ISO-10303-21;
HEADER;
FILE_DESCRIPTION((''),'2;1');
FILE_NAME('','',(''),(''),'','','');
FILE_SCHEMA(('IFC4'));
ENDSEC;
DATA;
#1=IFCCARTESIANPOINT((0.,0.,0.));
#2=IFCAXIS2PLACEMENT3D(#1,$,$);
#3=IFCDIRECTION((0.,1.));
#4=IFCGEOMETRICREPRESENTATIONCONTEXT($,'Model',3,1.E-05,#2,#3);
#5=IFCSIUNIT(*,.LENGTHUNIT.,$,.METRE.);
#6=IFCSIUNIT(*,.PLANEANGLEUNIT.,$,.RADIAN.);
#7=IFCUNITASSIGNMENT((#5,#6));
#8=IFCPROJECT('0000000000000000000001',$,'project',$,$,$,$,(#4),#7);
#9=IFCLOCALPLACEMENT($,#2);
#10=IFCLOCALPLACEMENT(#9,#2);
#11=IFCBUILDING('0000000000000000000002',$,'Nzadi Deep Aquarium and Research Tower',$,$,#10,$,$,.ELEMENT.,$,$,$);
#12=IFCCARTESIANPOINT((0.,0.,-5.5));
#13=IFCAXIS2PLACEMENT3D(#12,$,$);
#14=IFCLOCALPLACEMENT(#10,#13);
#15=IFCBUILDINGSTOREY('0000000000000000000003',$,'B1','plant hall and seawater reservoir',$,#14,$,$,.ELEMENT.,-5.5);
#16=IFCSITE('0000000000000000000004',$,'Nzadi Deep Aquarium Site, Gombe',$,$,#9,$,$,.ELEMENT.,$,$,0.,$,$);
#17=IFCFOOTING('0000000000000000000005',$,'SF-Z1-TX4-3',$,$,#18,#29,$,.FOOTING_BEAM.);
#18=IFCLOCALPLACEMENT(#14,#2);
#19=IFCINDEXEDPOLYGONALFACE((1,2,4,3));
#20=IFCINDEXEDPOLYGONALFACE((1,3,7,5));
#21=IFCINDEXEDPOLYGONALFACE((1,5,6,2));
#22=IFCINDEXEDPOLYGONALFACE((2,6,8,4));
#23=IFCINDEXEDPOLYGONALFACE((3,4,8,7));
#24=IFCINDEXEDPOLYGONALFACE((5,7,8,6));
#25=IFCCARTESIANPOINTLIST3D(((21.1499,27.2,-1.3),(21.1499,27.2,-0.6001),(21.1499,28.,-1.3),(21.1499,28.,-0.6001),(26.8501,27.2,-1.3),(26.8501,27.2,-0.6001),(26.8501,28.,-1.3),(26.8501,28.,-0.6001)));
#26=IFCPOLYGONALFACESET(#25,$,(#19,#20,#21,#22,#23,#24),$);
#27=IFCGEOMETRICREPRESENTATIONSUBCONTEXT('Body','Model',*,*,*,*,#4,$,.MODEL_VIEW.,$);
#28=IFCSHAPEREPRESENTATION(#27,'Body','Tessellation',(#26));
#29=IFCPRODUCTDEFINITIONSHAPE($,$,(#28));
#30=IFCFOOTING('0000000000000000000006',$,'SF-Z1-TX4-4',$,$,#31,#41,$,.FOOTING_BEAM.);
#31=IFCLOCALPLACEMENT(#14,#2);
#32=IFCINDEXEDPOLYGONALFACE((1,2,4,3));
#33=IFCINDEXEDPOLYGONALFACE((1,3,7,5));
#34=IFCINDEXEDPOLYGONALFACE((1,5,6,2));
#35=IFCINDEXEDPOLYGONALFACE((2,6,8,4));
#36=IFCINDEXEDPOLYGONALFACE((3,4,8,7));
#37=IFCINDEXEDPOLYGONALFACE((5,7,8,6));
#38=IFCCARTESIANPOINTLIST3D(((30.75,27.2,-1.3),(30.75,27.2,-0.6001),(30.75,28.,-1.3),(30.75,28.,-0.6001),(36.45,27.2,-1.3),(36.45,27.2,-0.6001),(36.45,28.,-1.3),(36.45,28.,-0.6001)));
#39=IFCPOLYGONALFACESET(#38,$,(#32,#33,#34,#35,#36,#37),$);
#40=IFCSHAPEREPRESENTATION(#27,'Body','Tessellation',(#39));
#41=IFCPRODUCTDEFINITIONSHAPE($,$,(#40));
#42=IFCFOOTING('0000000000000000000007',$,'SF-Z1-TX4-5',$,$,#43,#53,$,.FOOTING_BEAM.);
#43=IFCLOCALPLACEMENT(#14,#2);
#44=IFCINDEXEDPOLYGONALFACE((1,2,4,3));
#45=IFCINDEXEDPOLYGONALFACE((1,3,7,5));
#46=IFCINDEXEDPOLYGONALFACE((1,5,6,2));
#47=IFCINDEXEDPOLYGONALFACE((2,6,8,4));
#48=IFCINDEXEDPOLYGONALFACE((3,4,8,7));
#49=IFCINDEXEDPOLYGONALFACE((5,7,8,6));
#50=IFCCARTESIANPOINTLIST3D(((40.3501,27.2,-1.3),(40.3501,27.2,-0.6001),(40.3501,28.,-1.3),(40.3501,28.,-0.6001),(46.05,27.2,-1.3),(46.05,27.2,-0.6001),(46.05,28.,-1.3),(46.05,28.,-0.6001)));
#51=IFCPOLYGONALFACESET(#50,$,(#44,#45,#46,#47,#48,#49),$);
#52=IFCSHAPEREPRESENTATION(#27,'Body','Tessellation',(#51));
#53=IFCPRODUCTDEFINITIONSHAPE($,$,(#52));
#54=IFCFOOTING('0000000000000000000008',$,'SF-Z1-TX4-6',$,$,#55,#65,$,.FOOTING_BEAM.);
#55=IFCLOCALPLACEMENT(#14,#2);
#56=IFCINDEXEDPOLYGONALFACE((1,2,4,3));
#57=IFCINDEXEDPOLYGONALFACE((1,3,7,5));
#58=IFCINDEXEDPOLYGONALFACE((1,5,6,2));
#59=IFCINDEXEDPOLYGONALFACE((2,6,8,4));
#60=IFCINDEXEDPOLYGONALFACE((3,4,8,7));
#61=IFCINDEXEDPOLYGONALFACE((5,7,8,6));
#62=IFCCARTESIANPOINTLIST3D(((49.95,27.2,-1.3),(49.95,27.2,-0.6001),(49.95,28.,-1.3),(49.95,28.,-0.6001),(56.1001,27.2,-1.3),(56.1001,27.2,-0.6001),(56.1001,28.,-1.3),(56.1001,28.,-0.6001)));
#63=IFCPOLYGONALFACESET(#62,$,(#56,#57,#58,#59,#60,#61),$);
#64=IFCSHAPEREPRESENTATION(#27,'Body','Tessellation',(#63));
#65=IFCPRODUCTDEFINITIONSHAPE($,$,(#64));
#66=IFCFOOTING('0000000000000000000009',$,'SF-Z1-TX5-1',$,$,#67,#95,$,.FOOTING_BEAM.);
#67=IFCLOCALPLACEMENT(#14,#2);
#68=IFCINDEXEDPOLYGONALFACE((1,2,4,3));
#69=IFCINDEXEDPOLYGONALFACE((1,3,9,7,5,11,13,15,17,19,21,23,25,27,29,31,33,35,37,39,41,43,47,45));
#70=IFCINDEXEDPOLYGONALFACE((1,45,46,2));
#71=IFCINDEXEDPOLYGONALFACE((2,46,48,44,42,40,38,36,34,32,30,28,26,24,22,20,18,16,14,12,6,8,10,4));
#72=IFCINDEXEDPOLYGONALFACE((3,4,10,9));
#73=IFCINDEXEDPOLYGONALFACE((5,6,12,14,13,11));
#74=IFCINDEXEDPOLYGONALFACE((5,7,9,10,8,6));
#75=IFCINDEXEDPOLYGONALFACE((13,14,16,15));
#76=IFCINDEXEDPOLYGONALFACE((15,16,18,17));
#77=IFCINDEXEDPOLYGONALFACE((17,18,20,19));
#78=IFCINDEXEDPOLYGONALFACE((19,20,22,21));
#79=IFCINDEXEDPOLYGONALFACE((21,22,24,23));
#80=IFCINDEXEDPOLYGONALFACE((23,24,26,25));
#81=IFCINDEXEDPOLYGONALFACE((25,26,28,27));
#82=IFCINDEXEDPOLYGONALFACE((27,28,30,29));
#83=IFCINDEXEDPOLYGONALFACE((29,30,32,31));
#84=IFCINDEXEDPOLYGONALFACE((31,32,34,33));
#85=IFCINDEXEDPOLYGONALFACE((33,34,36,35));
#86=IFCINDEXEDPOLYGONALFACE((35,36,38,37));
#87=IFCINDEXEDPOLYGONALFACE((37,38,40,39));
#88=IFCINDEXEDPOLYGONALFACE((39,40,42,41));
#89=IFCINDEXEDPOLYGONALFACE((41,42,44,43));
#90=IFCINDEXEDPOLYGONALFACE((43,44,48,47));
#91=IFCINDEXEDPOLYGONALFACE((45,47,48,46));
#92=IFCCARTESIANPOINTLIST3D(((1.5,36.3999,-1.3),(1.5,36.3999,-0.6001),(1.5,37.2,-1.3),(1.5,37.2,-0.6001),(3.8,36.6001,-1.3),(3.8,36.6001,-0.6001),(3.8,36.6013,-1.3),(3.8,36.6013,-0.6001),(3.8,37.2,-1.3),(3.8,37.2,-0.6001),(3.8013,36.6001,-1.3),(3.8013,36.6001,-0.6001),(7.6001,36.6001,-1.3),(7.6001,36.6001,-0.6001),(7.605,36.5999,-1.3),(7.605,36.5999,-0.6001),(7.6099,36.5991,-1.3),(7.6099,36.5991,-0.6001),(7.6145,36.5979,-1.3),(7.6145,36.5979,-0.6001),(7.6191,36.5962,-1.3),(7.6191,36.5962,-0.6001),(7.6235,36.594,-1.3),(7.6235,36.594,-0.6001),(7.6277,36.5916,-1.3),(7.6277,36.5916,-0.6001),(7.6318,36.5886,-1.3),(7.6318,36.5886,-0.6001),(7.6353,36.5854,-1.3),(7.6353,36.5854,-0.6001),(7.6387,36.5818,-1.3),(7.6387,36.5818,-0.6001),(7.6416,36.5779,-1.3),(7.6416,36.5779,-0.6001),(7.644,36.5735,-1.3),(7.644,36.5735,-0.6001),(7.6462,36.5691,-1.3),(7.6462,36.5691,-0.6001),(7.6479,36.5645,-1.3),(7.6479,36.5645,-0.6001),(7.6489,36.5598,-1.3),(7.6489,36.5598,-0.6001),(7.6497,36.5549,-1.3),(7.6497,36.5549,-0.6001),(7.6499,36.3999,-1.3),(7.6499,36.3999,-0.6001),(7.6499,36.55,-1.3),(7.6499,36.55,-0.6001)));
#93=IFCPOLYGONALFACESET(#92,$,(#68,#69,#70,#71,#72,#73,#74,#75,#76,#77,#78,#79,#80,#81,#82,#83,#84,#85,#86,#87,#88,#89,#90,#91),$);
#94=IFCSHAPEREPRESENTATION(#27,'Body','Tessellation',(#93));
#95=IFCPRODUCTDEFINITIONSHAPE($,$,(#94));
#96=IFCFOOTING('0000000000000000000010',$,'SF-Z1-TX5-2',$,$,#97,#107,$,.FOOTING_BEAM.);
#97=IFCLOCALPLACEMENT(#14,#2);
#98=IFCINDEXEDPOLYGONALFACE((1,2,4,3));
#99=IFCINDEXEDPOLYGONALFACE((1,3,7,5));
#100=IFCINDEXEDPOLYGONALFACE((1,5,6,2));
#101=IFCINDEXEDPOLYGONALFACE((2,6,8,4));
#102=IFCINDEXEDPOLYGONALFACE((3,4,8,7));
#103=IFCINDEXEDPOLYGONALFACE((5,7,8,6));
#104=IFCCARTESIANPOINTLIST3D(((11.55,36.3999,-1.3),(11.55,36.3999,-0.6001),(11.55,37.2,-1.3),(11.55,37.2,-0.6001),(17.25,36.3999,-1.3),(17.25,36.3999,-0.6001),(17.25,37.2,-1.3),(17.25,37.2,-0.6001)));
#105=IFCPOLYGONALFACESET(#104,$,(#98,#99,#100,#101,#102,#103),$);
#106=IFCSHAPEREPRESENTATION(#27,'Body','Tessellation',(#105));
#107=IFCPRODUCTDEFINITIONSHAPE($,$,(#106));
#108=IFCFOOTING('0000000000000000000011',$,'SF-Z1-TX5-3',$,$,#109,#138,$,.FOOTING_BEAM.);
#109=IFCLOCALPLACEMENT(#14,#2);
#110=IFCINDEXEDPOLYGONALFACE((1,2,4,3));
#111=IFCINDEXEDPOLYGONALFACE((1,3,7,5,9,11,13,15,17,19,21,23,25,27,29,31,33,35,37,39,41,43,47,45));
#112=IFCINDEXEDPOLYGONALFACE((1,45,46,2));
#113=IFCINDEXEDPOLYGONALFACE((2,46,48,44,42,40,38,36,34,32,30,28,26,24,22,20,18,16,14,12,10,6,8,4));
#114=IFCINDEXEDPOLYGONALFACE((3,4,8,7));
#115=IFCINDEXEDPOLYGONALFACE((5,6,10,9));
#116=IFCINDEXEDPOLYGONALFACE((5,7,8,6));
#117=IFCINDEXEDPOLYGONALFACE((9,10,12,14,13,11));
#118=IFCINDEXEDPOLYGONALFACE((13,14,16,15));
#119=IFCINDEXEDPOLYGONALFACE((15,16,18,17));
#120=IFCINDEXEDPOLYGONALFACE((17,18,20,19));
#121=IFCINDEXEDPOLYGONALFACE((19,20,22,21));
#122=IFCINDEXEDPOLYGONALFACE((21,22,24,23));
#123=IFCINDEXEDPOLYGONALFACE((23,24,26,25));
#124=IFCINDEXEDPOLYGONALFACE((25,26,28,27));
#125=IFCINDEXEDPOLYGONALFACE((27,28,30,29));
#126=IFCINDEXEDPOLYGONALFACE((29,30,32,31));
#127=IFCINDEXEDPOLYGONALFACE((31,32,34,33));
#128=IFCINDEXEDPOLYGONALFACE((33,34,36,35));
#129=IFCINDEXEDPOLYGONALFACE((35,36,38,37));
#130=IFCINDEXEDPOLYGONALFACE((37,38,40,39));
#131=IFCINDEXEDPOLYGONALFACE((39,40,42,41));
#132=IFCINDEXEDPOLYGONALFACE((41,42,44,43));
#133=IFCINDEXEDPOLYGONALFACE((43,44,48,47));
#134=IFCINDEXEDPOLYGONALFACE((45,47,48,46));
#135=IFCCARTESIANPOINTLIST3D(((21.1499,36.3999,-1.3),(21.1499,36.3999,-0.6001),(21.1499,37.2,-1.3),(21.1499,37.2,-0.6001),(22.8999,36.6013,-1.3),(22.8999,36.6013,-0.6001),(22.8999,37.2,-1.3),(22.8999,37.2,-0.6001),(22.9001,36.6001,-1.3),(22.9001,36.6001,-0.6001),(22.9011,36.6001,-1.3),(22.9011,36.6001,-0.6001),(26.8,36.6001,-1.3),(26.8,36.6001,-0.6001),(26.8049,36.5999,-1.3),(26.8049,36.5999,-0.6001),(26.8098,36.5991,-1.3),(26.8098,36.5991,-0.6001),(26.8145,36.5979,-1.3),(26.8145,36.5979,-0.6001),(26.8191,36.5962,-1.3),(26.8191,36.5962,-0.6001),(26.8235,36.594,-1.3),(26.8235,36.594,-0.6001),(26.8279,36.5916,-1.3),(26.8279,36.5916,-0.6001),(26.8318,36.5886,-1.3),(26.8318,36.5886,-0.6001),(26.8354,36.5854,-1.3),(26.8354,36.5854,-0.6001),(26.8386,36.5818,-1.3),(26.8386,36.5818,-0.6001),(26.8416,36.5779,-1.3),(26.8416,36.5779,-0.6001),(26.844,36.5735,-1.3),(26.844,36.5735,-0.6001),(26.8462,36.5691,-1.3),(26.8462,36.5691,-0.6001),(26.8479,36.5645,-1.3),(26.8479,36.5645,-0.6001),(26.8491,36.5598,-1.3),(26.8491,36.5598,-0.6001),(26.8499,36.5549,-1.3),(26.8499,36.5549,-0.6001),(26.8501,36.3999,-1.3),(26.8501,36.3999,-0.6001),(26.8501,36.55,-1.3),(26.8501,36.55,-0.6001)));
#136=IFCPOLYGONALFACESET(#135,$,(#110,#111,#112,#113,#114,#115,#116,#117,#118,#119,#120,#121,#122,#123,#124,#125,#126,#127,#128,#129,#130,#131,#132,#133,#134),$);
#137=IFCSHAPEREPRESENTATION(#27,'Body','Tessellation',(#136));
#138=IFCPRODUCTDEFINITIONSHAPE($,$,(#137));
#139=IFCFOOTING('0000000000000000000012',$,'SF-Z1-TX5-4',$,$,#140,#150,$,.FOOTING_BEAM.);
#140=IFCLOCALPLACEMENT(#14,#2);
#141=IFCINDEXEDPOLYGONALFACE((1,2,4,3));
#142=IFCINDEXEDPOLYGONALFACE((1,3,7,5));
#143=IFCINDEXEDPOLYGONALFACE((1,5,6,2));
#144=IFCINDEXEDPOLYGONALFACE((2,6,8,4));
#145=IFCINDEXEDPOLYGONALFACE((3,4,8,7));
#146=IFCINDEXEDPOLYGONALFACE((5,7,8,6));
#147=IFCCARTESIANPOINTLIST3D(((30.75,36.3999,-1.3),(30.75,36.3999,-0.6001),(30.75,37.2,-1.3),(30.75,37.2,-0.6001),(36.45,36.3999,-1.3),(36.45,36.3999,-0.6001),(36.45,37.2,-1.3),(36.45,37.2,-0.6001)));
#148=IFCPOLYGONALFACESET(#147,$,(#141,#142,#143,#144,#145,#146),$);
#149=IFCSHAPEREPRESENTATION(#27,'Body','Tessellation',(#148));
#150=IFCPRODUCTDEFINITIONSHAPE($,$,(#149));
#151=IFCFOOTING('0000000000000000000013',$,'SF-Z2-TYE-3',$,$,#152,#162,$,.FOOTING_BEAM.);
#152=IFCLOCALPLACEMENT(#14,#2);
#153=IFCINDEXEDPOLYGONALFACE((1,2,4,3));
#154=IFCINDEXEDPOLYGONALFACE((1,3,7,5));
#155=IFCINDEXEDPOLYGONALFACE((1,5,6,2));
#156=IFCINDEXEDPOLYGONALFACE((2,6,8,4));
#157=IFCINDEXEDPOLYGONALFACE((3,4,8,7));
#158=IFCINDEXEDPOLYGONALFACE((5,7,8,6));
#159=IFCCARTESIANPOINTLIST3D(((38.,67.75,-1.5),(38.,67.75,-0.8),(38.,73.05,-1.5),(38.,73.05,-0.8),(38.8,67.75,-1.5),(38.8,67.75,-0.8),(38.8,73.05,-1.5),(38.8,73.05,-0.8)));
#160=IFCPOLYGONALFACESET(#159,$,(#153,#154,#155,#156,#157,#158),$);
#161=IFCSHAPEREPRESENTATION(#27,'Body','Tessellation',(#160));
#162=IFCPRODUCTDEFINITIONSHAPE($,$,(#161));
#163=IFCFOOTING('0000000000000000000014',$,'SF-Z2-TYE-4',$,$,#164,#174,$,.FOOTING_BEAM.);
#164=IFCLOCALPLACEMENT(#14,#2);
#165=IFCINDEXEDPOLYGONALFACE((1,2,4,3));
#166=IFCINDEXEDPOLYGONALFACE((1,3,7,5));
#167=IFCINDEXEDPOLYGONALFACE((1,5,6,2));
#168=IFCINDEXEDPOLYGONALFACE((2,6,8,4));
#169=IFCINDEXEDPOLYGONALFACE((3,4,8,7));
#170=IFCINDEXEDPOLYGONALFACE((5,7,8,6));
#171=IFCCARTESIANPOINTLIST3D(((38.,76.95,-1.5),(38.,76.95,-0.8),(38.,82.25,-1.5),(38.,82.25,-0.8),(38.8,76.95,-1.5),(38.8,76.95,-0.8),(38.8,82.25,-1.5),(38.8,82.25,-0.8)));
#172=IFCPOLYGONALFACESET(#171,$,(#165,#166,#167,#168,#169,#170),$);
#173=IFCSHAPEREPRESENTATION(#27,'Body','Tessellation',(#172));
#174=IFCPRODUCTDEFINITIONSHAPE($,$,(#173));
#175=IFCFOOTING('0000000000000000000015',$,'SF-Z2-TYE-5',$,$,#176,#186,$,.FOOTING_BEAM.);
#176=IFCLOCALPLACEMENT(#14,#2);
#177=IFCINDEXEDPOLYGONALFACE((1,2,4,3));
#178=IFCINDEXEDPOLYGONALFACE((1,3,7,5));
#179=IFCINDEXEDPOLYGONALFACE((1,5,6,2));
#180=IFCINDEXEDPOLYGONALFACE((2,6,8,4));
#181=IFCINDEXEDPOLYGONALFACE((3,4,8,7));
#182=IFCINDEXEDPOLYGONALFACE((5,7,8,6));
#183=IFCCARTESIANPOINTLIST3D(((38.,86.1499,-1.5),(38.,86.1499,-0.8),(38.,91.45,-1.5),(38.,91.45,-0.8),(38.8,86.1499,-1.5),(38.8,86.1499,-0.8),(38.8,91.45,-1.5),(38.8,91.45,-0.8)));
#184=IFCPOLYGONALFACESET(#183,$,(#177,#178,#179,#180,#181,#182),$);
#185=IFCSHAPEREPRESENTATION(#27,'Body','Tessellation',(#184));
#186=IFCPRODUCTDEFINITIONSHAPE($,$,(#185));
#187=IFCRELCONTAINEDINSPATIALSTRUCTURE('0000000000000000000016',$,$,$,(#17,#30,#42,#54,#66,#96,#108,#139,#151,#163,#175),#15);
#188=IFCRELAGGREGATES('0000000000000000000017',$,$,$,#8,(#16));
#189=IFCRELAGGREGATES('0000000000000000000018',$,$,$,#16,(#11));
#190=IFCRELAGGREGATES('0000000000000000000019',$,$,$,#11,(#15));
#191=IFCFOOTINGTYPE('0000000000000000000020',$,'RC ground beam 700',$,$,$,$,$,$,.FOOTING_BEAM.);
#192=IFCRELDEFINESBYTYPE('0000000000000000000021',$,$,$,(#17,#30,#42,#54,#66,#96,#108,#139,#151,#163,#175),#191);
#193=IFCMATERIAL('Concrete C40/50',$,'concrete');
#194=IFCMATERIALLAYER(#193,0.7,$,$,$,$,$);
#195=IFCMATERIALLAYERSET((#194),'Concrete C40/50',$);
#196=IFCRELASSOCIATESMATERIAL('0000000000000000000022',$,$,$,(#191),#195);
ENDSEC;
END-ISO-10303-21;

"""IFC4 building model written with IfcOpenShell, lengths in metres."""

from ifc_helpers import new_model, si_unit, direction, frame, origin, place, context, subcontext, project, spatial, polyline, outline, extrude, material, layer, layer_set, type_object, element, save


model = new_model("IFC4")

# Units and contexts
model_context = context("Model", 3, precision=1e-05, world=origin(), true_north=direction((0.0, 1.0)))
body_context = subcontext(model_context, "Body", "Model", "MODEL_VIEW")
ifc_project = project(units=[si_unit("LENGTHUNIT", "METRE"), si_unit("PLANEANGLEUNIT", "RADIAN")], contexts=[model_context])

# Site, building, storey
site_placement = place(None, origin())
site = spatial("IfcSite", under=ifc_project, at=site_placement, Name="Nzadi Deep Aquarium Site, Gombe", CompositionType="ELEMENT", RefElevation=0.0)
building_placement = place(site_placement, origin())
building = spatial("IfcBuilding", under=site, at=building_placement, Name="Nzadi Deep Aquarium and Research Tower", CompositionType="ELEMENT")
storey_placement = place(building_placement, frame((0.0, 0.0, -5.5)))
storey = spatial("IfcBuildingStorey", under=building, at=storey_placement, Name="B1", Description="plant hall and seawater reservoir", CompositionType="ELEMENT", Elevation=-5.5)

# Footings
ifc_material = material(Name="Concrete C40/50", Category="concrete")
ifc_layer = layer(ifc_material, 0.7)
ifc_layer_set = layer_set([ifc_layer], Name="Concrete C40/50")
footing_type = type_object("IfcFootingType", Name="RC ground beam 700", PredefinedType="FOOTING_BEAM", material=ifc_layer_set)
footing_1_placement = place(storey_placement, frame((0.0, 0.0, -1.3)))
element("IfcFooting", 1, at=footing_1_placement, inside=storey, type_object=footing_type, Name="SF-Z1-TX4-3", PredefinedType="FOOTING_BEAM", context=body_context, shape_type="SweptSolid", body=[
    extrude(outline(polyline([(26.8501, 28.0), (21.1499, 28.0), (21.1499, 27.2), (26.8501, 27.2), (26.8501, 28.0)])), origin(), (0.0, 0.0, 1.0), 0.7),
])
footing_2_placement = place(storey_placement, frame((0.0, 0.0, -1.3)))
element("IfcFooting", 2, at=footing_2_placement, inside=storey, type_object=footing_type, Name="SF-Z1-TX4-4", PredefinedType="FOOTING_BEAM", context=body_context, shape_type="SweptSolid", body=[
    extrude(outline(polyline([(36.45, 28.0), (30.75, 28.0), (30.75, 27.2), (36.45, 27.2), (36.45, 28.0)])), origin(), (0.0, 0.0, 1.0), 0.7),
])
footing_3_placement = place(storey_placement, frame((0.0, 0.0, -1.3)))
element("IfcFooting", 3, at=footing_3_placement, inside=storey, type_object=footing_type, Name="SF-Z1-TX4-5", PredefinedType="FOOTING_BEAM", context=body_context, shape_type="SweptSolid", body=[
    extrude(outline(polyline([(46.05, 28.0), (40.3501, 28.0), (40.3501, 27.2), (46.05, 27.2), (46.05, 28.0)])), origin(), (0.0, 0.0, 1.0), 0.7),
])
footing_4_placement = place(storey_placement, frame((0.0, 0.0, -1.3)))
element("IfcFooting", 4, at=footing_4_placement, inside=storey, type_object=footing_type, Name="SF-Z1-TX4-6", PredefinedType="FOOTING_BEAM", context=body_context, shape_type="SweptSolid", body=[
    extrude(outline(polyline([(56.1001, 27.2), (56.1001, 28.0), (49.95, 28.0), (49.95, 27.2), (56.1001, 27.2)])), origin(), (0.0, 0.0, 1.0), 0.7),
])
footing_5_placement = place(storey_placement, frame((0.0, 0.0, -1.3)))
element("IfcFooting", 5, at=footing_5_placement, inside=storey, type_object=footing_type, Name="SF-Z1-TX5-1", PredefinedType="FOOTING_BEAM", context=body_context, shape_type="SweptSolid", body=[
    extrude(outline(polyline([(3.8, 37.2), (1.5, 37.2), (1.5, 36.3999), (7.6499, 36.3999), (7.6499, 36.55), (7.6497, 36.5549), (7.6489, 36.5598), (7.6479, 36.5645), (7.6462, 36.5691), (7.644, 36.5735), (7.6416, 36.5779), (7.6387, 36.5818), (7.6353, 36.5854), (7.6318, 36.5886), (7.6277, 36.5916), (7.6235, 36.594), (7.6191, 36.5962), (7.6145, 36.5979), (7.6099, 36.5991), (7.605, 36.5999), (7.6001, 36.6001), (3.8013, 36.6001), (3.8, 36.6001), (3.8, 36.6013), (3.8, 37.2)])), origin(), (0.0, 0.0, 1.0), 0.7),
])
footing_6_placement = place(storey_placement, frame((0.0, 0.0, -1.3)))
element("IfcFooting", 6, at=footing_6_placement, inside=storey, type_object=footing_type, Name="SF-Z1-TX5-2", PredefinedType="FOOTING_BEAM", context=body_context, shape_type="SweptSolid", body=[
    extrude(outline(polyline([(17.25, 37.2), (11.55, 37.2), (11.55, 36.3999), (17.25, 36.3999), (17.25, 37.2)])), origin(), (0.0, 0.0, 1.0), 0.7),
])
footing_7_placement = place(storey_placement, frame((0.0, 0.0, -1.3)))
element("IfcFooting", 7, at=footing_7_placement, inside=storey, type_object=footing_type, Name="SF-Z1-TX5-3", PredefinedType="FOOTING_BEAM", context=body_context, shape_type="SweptSolid", body=[
    extrude(outline(polyline([(22.8999, 37.2), (21.1499, 37.2), (21.1499, 36.3999), (26.8501, 36.3999), (26.8501, 36.55), (26.8499, 36.5549), (26.8491, 36.5598), (26.8479, 36.5645), (26.8462, 36.5691), (26.844, 36.5735), (26.8416, 36.5779), (26.8386, 36.5818), (26.8354, 36.5854), (26.8318, 36.5886), (26.8279, 36.5916), (26.8235, 36.594), (26.8191, 36.5962), (26.8145, 36.5979), (26.8098, 36.5991), (26.8049, 36.5999), (26.8, 36.6001), (22.9011, 36.6001), (22.9001, 36.6001), (22.8999, 36.6013), (22.8999, 37.2)])), origin(), (0.0, 0.0, 1.0), 0.7),
])
footing_8_placement = place(storey_placement, frame((0.0, 0.0, -1.3)))
element("IfcFooting", 8, at=footing_8_placement, inside=storey, type_object=footing_type, Name="SF-Z1-TX5-4", PredefinedType="FOOTING_BEAM", context=body_context, shape_type="SweptSolid", body=[
    extrude(outline(polyline([(36.45, 37.2), (30.75, 37.2), (30.75, 36.3999), (36.45, 36.3999), (36.45, 37.2)])), origin(), (0.0, 0.0, 1.0), 0.7),
])
footing_9_placement = place(storey_placement, frame((0.0, 0.0, -1.5)))
element("IfcFooting", 9, at=footing_9_placement, inside=storey, type_object=footing_type, Name="SF-Z2-TYE-3", PredefinedType="FOOTING_BEAM", context=body_context, shape_type="SweptSolid", body=[
    extrude(outline(polyline([(38.8, 67.75), (38.8, 73.05), (38.0, 73.05), (38.0, 67.75), (38.8, 67.75)])), origin(), (0.0, 0.0, 1.0), 0.7),
])
footing_10_placement = place(storey_placement, frame((0.0, 0.0, -1.5)))
element("IfcFooting", 10, at=footing_10_placement, inside=storey, type_object=footing_type, Name="SF-Z2-TYE-4", PredefinedType="FOOTING_BEAM", context=body_context, shape_type="SweptSolid", body=[
    extrude(outline(polyline([(38.8, 76.95), (38.8, 82.25), (38.0, 82.25), (38.0, 76.95), (38.8, 76.95)])), origin(), (0.0, 0.0, 1.0), 0.7),
])
footing_11_placement = place(storey_placement, frame((0.0, 0.0, -1.5)))
element("IfcFooting", 11, at=footing_11_placement, inside=storey, type_object=footing_type, Name="SF-Z2-TYE-5", PredefinedType="FOOTING_BEAM", context=body_context, shape_type="SweptSolid", body=[
    extrude(outline(polyline([(38.8, 86.1499), (38.8, 91.45), (38.0, 91.45), (38.0, 86.1499), (38.8, 86.1499)])), origin(), (0.0, 0.0, 1.0), 0.7),
])

save(model, "model.ifc")
